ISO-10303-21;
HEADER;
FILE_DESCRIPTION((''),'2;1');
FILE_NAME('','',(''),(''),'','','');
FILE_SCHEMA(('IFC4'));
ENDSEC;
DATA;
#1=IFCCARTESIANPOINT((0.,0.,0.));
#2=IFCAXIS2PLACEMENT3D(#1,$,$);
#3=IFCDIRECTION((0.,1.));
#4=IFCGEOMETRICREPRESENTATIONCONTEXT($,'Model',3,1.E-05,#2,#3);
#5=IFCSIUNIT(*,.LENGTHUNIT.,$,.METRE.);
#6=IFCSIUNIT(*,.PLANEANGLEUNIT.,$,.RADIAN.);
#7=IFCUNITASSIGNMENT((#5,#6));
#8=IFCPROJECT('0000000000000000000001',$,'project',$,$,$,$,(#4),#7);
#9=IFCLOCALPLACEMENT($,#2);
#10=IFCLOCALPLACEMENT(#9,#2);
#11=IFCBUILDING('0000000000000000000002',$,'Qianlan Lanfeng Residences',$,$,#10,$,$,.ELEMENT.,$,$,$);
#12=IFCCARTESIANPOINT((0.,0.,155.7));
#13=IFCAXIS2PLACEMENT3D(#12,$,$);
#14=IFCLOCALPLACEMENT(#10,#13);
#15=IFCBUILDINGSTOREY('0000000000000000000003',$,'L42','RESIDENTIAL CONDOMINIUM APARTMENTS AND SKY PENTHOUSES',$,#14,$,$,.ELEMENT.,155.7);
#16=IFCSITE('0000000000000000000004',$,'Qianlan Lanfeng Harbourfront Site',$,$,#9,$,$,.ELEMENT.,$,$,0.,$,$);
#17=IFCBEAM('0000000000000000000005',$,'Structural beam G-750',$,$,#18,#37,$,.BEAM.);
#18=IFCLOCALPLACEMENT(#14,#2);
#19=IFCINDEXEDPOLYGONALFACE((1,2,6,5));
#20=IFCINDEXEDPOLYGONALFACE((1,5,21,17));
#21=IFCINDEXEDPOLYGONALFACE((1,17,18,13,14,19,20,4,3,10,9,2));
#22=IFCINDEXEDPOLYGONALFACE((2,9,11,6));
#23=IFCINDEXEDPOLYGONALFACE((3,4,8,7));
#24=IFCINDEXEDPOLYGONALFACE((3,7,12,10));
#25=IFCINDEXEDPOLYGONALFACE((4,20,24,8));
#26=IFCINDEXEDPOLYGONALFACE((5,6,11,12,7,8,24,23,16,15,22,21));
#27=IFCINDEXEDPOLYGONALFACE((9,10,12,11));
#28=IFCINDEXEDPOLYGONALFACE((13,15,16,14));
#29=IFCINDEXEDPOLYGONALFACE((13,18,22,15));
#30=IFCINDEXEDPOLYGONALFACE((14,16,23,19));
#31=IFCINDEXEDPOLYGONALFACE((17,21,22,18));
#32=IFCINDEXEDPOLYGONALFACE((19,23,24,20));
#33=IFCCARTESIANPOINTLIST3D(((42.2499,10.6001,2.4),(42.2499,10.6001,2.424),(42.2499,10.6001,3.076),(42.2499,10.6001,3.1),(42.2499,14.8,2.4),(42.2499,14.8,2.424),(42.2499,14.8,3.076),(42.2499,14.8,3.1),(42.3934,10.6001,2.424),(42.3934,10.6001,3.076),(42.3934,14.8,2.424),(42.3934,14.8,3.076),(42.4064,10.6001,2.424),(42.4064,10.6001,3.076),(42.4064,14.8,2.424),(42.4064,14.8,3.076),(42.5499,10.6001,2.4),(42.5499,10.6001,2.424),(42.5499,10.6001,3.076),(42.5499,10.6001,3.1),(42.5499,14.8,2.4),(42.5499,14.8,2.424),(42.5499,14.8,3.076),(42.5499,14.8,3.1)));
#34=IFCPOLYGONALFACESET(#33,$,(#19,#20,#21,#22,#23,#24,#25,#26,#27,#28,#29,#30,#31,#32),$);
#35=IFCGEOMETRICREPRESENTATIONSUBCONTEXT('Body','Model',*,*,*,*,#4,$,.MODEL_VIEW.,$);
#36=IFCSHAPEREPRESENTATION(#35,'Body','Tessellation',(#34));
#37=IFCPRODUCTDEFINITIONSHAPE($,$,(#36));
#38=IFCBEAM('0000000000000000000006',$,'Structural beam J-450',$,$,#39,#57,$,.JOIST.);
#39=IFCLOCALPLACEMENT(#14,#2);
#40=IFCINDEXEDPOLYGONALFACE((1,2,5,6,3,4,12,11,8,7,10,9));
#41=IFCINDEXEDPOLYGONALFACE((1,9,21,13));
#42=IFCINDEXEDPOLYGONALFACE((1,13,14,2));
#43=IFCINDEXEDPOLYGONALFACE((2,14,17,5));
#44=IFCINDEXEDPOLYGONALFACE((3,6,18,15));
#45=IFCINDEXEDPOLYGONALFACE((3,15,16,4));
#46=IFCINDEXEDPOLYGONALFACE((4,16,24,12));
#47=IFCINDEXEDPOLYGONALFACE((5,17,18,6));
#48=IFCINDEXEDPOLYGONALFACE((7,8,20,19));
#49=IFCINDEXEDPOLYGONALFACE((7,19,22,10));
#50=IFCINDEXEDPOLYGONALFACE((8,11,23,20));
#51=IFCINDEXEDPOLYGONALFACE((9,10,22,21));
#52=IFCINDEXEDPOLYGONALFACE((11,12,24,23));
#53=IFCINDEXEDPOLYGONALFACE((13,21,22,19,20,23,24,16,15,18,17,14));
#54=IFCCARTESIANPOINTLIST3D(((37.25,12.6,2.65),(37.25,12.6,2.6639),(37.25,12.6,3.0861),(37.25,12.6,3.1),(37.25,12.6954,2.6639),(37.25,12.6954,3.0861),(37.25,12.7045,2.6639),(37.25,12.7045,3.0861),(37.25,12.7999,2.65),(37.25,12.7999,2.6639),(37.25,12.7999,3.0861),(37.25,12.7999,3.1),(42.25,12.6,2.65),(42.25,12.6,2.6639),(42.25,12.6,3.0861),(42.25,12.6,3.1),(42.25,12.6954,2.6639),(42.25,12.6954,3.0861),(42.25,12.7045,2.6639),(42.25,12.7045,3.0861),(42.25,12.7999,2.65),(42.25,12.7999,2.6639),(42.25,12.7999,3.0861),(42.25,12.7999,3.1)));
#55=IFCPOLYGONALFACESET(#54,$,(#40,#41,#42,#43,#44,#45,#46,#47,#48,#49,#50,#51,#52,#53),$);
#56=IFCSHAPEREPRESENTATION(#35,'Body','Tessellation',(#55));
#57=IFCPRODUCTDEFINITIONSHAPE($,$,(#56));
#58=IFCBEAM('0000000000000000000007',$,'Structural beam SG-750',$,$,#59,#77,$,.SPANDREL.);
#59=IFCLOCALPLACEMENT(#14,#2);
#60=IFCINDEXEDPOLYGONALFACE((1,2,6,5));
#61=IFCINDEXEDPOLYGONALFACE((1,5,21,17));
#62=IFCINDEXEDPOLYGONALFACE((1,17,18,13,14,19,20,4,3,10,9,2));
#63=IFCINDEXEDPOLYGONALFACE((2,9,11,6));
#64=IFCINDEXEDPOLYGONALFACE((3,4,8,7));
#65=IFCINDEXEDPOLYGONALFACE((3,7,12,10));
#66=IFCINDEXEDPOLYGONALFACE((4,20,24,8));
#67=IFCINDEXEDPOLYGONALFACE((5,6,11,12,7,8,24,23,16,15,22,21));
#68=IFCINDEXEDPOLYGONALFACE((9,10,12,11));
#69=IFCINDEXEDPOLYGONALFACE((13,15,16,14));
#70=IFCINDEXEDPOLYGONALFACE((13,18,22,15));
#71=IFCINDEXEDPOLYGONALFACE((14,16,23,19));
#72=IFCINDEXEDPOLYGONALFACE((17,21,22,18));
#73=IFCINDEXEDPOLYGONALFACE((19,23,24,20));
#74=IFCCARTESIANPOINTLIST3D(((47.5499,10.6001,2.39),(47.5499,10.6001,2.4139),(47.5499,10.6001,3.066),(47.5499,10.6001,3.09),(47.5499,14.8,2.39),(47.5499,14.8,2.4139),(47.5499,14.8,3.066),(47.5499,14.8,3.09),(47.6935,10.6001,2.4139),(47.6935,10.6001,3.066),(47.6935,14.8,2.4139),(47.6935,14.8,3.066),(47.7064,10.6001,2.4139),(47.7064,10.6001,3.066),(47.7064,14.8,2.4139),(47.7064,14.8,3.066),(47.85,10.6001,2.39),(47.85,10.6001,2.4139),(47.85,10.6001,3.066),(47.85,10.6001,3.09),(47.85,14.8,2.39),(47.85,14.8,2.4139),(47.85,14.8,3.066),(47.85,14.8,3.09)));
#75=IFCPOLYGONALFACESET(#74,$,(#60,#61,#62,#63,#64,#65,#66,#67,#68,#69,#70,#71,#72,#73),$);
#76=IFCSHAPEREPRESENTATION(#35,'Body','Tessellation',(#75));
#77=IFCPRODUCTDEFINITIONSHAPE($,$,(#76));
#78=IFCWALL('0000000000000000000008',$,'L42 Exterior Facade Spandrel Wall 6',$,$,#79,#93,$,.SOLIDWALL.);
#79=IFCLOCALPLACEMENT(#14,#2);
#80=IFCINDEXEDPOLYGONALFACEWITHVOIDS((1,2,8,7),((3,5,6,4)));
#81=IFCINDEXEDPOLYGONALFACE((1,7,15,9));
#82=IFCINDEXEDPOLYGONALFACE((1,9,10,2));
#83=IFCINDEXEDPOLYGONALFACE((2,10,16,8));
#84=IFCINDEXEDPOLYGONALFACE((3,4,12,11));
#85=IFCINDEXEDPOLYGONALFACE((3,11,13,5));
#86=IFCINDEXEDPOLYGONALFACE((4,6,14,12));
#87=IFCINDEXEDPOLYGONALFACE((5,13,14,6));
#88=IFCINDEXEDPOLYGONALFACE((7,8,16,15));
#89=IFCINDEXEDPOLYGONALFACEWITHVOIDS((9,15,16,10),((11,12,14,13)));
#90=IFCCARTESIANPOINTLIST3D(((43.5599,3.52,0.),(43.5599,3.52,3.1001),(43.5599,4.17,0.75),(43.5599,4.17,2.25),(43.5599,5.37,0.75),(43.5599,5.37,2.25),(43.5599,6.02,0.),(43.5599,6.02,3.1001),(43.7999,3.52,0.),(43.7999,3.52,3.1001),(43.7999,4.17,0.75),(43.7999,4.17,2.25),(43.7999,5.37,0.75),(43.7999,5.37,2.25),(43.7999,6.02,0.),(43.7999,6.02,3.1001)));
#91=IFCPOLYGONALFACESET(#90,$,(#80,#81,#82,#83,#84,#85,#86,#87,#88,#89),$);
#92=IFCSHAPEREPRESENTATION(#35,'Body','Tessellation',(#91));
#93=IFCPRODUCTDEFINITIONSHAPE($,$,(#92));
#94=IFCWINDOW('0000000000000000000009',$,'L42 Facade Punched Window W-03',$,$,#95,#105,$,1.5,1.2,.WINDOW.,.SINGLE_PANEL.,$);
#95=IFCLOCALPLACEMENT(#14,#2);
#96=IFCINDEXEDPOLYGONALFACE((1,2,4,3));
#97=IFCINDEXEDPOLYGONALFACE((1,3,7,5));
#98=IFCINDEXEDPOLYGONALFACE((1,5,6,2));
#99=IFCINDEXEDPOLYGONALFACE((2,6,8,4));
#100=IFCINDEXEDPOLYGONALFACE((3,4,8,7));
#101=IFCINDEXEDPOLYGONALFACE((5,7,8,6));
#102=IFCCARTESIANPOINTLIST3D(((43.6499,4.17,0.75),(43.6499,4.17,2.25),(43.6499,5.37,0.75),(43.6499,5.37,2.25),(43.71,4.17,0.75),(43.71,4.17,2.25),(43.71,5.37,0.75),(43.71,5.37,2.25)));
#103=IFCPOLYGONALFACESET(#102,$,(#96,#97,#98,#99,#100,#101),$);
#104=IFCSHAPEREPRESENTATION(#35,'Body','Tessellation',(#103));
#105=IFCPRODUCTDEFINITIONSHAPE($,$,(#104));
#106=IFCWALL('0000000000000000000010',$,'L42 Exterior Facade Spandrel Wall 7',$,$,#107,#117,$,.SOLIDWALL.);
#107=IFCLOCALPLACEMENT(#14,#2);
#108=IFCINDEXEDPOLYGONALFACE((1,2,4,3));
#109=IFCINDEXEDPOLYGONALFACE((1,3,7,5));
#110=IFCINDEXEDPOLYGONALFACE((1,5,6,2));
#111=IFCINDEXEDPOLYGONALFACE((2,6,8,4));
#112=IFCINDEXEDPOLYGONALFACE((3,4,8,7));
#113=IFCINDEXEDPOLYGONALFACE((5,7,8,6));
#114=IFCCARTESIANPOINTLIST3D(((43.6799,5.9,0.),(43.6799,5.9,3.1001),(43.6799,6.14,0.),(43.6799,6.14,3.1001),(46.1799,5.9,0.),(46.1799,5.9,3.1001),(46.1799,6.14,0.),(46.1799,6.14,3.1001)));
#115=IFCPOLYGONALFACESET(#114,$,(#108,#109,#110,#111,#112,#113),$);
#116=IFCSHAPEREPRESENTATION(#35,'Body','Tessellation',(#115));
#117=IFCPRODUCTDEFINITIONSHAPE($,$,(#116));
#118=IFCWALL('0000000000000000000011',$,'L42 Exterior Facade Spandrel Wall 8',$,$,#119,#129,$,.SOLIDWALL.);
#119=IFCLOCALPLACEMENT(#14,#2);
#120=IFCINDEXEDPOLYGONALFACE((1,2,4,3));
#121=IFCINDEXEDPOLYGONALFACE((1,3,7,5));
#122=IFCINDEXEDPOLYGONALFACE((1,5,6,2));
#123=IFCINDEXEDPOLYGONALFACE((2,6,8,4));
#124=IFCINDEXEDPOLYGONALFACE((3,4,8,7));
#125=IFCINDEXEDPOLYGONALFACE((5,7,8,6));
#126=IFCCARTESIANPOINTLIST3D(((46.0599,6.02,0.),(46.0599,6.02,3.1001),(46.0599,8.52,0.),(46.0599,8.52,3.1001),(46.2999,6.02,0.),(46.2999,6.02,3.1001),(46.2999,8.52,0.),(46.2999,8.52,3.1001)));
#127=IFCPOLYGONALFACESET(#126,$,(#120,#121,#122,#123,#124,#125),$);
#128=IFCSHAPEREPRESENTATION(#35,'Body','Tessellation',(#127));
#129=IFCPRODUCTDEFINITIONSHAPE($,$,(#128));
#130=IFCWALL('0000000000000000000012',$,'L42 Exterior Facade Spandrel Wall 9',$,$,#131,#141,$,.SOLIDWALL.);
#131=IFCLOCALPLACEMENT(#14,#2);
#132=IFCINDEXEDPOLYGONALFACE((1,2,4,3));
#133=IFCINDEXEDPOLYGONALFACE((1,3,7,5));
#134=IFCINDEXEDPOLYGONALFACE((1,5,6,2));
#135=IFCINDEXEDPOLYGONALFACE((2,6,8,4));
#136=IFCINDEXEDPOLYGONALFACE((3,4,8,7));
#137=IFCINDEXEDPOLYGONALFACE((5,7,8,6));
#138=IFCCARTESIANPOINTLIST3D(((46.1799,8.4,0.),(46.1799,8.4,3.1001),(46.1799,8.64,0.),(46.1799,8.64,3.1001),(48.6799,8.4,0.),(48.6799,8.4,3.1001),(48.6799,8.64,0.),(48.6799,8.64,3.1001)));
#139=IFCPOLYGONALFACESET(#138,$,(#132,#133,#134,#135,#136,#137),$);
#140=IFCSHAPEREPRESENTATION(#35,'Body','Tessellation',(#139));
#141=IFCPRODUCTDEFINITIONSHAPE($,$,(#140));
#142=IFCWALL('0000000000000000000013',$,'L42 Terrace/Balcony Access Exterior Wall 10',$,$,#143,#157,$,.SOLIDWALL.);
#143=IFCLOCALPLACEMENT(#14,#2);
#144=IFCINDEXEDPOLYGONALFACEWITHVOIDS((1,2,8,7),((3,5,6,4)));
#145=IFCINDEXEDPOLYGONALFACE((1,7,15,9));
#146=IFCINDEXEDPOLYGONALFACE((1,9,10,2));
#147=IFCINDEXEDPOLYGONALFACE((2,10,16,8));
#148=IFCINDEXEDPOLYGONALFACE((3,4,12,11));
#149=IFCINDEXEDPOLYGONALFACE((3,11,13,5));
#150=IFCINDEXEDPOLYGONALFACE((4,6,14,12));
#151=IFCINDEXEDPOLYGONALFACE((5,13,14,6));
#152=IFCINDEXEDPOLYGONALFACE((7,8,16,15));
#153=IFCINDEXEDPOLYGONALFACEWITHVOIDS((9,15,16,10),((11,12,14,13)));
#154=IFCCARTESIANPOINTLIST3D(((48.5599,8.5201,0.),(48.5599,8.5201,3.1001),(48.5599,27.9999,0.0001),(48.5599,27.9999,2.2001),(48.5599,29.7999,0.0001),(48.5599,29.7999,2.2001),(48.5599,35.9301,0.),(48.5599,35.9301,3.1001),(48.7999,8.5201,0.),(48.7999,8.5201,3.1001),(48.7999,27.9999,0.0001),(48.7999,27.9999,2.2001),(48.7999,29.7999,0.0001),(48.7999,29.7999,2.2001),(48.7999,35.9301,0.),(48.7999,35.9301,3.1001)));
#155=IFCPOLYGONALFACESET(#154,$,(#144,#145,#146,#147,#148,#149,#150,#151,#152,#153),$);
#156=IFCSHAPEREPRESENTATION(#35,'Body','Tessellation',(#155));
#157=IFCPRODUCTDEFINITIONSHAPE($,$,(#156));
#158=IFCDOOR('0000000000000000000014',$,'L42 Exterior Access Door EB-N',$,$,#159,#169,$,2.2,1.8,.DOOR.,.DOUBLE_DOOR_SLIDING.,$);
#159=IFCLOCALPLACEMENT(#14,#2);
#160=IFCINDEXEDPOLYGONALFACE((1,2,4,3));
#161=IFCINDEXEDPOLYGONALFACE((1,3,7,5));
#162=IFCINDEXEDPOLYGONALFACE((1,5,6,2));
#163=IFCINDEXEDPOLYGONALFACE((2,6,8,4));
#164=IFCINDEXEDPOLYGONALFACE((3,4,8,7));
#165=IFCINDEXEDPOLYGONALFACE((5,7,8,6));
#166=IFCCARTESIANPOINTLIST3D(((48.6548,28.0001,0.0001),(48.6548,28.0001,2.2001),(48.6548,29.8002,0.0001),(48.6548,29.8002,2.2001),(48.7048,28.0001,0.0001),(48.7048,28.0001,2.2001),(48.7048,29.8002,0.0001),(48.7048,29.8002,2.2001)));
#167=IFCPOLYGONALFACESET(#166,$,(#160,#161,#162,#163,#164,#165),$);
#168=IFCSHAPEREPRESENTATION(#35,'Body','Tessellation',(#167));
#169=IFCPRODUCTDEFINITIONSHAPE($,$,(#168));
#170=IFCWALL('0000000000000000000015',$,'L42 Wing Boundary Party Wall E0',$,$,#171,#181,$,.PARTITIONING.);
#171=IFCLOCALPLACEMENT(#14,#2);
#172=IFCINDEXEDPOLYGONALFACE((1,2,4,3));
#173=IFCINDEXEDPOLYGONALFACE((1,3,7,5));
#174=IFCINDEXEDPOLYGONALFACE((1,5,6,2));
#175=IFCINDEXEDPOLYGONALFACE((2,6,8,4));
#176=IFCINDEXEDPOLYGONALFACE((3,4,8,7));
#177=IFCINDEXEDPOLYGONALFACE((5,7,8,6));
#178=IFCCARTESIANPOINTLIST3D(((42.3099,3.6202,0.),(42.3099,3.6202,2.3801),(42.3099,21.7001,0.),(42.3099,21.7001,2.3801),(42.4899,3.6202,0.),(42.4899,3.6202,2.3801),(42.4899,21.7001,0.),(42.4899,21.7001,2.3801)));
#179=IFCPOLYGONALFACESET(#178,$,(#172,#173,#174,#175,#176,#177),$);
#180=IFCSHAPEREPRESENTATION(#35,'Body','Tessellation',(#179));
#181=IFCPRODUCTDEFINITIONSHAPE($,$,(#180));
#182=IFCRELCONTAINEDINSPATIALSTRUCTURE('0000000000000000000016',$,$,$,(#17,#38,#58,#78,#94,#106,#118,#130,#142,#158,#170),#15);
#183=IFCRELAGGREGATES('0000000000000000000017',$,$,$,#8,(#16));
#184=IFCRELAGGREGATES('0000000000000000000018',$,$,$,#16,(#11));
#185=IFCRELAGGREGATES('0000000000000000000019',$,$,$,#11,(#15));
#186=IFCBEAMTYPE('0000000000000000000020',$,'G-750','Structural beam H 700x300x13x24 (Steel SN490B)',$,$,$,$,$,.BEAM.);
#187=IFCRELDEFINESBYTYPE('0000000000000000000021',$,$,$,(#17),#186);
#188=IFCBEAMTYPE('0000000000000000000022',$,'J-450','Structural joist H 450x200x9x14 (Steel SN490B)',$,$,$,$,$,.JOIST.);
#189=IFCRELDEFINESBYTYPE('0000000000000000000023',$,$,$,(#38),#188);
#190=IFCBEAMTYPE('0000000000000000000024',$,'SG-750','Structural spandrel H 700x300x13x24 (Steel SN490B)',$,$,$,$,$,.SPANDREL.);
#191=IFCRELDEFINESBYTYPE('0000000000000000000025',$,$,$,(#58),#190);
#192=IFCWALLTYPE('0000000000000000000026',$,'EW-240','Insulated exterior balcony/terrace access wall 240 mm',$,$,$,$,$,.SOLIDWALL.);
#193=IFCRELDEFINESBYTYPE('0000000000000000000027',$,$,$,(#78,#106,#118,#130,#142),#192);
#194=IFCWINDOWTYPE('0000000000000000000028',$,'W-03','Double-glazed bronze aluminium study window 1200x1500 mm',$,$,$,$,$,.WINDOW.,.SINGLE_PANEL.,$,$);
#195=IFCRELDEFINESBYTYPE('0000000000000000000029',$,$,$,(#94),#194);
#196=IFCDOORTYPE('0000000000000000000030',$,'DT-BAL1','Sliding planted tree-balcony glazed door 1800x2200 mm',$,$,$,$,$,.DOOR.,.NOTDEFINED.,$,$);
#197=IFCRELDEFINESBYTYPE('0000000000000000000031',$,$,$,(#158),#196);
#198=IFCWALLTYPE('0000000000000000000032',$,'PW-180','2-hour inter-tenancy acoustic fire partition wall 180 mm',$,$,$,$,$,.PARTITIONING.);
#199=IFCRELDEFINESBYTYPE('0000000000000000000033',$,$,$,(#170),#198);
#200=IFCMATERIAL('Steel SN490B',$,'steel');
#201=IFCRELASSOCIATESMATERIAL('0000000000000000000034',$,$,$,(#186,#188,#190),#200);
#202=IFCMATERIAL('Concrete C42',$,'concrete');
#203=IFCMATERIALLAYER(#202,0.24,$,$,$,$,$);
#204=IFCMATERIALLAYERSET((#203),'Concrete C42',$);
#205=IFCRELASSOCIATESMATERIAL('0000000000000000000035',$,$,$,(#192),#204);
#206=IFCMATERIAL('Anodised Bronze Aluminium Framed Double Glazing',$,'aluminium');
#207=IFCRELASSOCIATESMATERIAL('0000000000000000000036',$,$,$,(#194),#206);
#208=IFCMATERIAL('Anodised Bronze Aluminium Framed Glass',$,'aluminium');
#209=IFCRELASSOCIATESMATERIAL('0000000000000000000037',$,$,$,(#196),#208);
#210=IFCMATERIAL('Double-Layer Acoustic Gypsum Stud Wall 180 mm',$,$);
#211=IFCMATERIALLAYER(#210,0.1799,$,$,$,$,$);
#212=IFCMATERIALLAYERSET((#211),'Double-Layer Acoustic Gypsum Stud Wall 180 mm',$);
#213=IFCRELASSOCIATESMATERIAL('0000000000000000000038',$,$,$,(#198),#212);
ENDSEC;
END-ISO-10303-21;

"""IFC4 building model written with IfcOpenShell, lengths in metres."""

from ifc_helpers import new_model, si_unit, direction, frame, frame_2d, origin, origin_2d, place, context, subcontext, project, spatial, rectangle, i_section, extrude, material, layer, layer_set, material_profile, profile_set, type_object, element, fill, save


model = new_model("IFC4")

# Units and contexts
model_context = context("Model", 3, precision=1e-05, world=origin(), true_north=direction((0.0, 1.0)))
body_context = subcontext(model_context, "Body", "Model", "MODEL_VIEW")
ifc_project = project(units=[si_unit("LENGTHUNIT", "METRE"), si_unit("PLANEANGLEUNIT", "RADIAN")], contexts=[model_context])

# Site, building, storey
site_placement = place(None, origin())
site = spatial("IfcSite", under=ifc_project, at=site_placement, Name="Qianlan Lanfeng Harbourfront Site", CompositionType="ELEMENT", RefElevation=0.0)
building_placement = place(site_placement, origin())
building = spatial("IfcBuilding", under=site, at=building_placement, Name="Qianlan Lanfeng Residences", CompositionType="ELEMENT")
storey_placement = place(building_placement, frame((0.0, 0.0, 155.7)))
storey = spatial("IfcBuildingStorey", under=building, at=storey_placement, Name="L42", Description="RESIDENTIAL CONDOMINIUM APARTMENTS AND SKY PENTHOUSES", CompositionType="ELEMENT", Elevation=155.7)

# Shared definitions
ifc_material_1 = material(Name="Steel SN490B", Category="steel")

# Beams
ifc_material_profile_1 = material_profile(ifc_material_1, i_section(OverallWidth=0.3, OverallDepth=0.7, WebThickness=0.0129, FlangeThickness=0.0239, at=origin_2d()), Name="H 700x300x13x24")
ifc_profile_set_1 = profile_set([ifc_material_profile_1], Name="Steel SN490B")
beam_type_1 = type_object("IfcBeamType", Name="G-750", Description="Structural beam H 700x300x13x24 (Steel SN490B)", PredefinedType="BEAM", material=ifc_profile_set_1)
beam_1_placement = place(storey_placement, frame((42.3999, 10.6001, 2.75), z_axis=(0.0, 1.0, 0.0), x_axis=(-1.0, 0.0, 0.0)))
element("IfcBeam", 1, at=beam_1_placement, inside=storey, type_object=beam_type_1, Name="Structural beam G-750", PredefinedType="BEAM", context=body_context, shape_type="SweptSolid", body=[
    extrude(i_section(OverallWidth=0.3, OverallDepth=0.7, WebThickness=0.0129, FlangeThickness=0.0239, at=origin_2d()), origin(), (0.0, 0.0, 1.0), 4.2),
])
ifc_material_profile_2 = material_profile(ifc_material_1, i_section(OverallWidth=0.2, OverallDepth=0.45, WebThickness=0.009, FlangeThickness=0.0139, at=origin_2d()), Name="H 450x200x9x14")
ifc_profile_set_2 = profile_set([ifc_material_profile_2], Name="Steel SN490B")
beam_type_2 = type_object("IfcBeamType", Name="J-450", Description="Structural joist H 450x200x9x14 (Steel SN490B)", PredefinedType="JOIST", material=ifc_profile_set_2)
beam_2_placement = place(storey_placement, frame((37.25, 12.7, 2.875), z_axis=(1.0, 0.0, 0.0), x_axis=(0.0, 1.0, 0.0)))
element("IfcBeam", 2, at=beam_2_placement, inside=storey, type_object=beam_type_2, Name="Structural beam J-450", PredefinedType="JOIST", context=body_context, shape_type="SweptSolid", body=[
    extrude(i_section(OverallWidth=0.2, OverallDepth=0.45, WebThickness=0.009, FlangeThickness=0.0139, at=origin_2d()), origin(), (0.0, 0.0, 1.0), 5.0),
])
ifc_material_profile_3 = material_profile(ifc_material_1, i_section(OverallWidth=0.3, OverallDepth=0.7, WebThickness=0.0129, FlangeThickness=0.0239, at=origin_2d()), Name="H 700x300x13x24")
ifc_profile_set_3 = profile_set([ifc_material_profile_3], Name="Steel SN490B")
beam_type_3 = type_object("IfcBeamType", Name="SG-750", Description="Structural spandrel H 700x300x13x24 (Steel SN490B)", PredefinedType="SPANDREL", material=ifc_profile_set_3)
beam_3_placement = place(storey_placement, frame((47.7, 10.6001, 2.74), z_axis=(0.0, 1.0, 0.0), x_axis=(-1.0, 0.0, 0.0)))
element("IfcBeam", 3, at=beam_3_placement, inside=storey, type_object=beam_type_3, Name="Structural beam SG-750", PredefinedType="SPANDREL", context=body_context, shape_type="SweptSolid", body=[
    extrude(i_section(OverallWidth=0.3, OverallDepth=0.7, WebThickness=0.0129, FlangeThickness=0.0239, at=origin_2d()), origin(), (0.0, 0.0, 1.0), 4.2),
])

# Wall, opening, window
ifc_material_2 = material(Name="Concrete C42", Category="concrete")
ifc_layer_1 = layer(ifc_material_2, 0.24)
ifc_layer_set_1 = layer_set([ifc_layer_1], Name="Concrete C42")
wall_type_1 = type_object("IfcWallType", Name="EW-240", Description="Insulated exterior balcony/terrace access wall 240 mm", PredefinedType="SOLIDWALL", material=ifc_layer_set_1)
wall_1_placement = place(storey_placement, frame((43.6799, 3.52, 0.0), z_axis=(0.0, 0.0, 1.0), x_axis=(0.0, 1.0, 0.0)))
wall_1 = element("IfcWall", 4, at=wall_1_placement, inside=storey, type_object=wall_type_1, Name="L42 Exterior Facade Spandrel Wall 6", PredefinedType="SOLIDWALL", context=body_context, shape_type="SweptSolid", body=[
    extrude(rectangle(XDim=2.5, YDim=0.24, at=frame_2d((1.25, 0.0))), origin(), (0.0, 0.0, 1.0), 3.1001),
])
opening_1_placement = place(wall_1_placement, frame((0.6499, 0.0, 0.75)))
opening_1 = element("IfcOpeningElement", 5, at=opening_1_placement, cuts=wall_1, PredefinedType="OPENING", context=body_context, shape_type="SweptSolid", body=[
    extrude(rectangle(XDim=1.2, YDim=1.5, at=frame_2d((0.6001, 0.75))), frame((0.0, 0.1299, 0.0), z_axis=(0.0, -1.0, 0.0), x_axis=(1.0, 0.0, 0.0)), (0.0, 0.0, 1.0), 0.26),
])
ifc_material_3 = material(Name="Anodised Bronze Aluminium Framed Double Glazing", Category="aluminium")
window_type = type_object("IfcWindowType", Name="W-03", Description="Double-glazed bronze aluminium study window 1200x1500 mm", PartitioningType="SINGLE_PANEL", PredefinedType="WINDOW", material=ifc_material_3)
window_placement = place(opening_1_placement, origin())
window = element("IfcWindow", 6, at=window_placement, inside=storey, type_object=window_type, Name="L42 Facade Punched Window W-03", OverallHeight=1.5, OverallWidth=1.2, PartitioningType="SINGLE_PANEL", PredefinedType="WINDOW", context=body_context, shape_type="SweptSolid", body=[
    extrude(rectangle(XDim=1.2, YDim=1.5, at=frame_2d((0.6001, 0.75))), frame((0.0, 0.03, 0.0), z_axis=(0.0, -1.0, 0.0), x_axis=(1.0, 0.0, 0.0)), (0.0, 0.0, 1.0), 0.0601),
])
fill(opening_1, window)

# Walls
for number, where, z_axis, x_axis, name in (
    (7, (43.6799, 6.02, 0.0), (0.0, 0.0, 1.0), (1.0, 0.0, 0.0), "L42 Exterior Facade Spandrel Wall 7"),
    (8, (46.1799, 6.02, 0.0), (0.0, 0.0, 1.0), (0.0, 1.0, 0.0), "L42 Exterior Facade Spandrel Wall 8"),
    (9, (46.1799, 8.52, 0.0), (0.0, 0.0, 1.0), (1.0, 0.0, 0.0), "L42 Exterior Facade Spandrel Wall 9"),
):
    element("IfcWall", number, at=place(storey_placement, frame(where, z_axis=z_axis, x_axis=x_axis)), inside=storey, type_object=wall_type_1, Name=name, PredefinedType="SOLIDWALL", context=body_context, shape_type="SweptSolid", body=[
        extrude(rectangle(XDim=2.5, YDim=0.24, at=frame_2d((1.25, 0.0))), origin(), (0.0, 0.0, 1.0), 3.1001),
    ])

# Wall, opening, door
wall_2_placement = place(storey_placement, frame((48.6799, 8.52, 0.0), z_axis=(0.0, 0.0, 1.0), x_axis=(0.0, 1.0, 0.0)))
wall_2 = element("IfcWall", 10, at=wall_2_placement, inside=storey, type_object=wall_type_1, Name="L42 Terrace/Balcony Access Exterior Wall 10", PredefinedType="SOLIDWALL", context=body_context, shape_type="SweptSolid", body=[
    extrude(rectangle(XDim=27.4099, YDim=0.24, at=frame_2d((13.7051, 0.0))), origin(), (0.0, 0.0, 1.0), 3.1001),
])
opening_2_placement = place(wall_2_placement, frame((19.48, 0.0, 0.0)))
opening_2 = element("IfcOpeningElement", 11, at=opening_2_placement, cuts=wall_2, PredefinedType="OPENING", context=body_context, shape_type="SweptSolid", body=[
    extrude(rectangle(XDim=1.8, YDim=2.2, at=frame_2d((0.8999, 1.1001))), frame((0.0, 0.1299, 0.0), z_axis=(0.0, -1.0, 0.0), x_axis=(1.0, 0.0, 0.0)), (0.0, 0.0, 1.0), 0.26),
])
ifc_material_4 = material(Name="Anodised Bronze Aluminium Framed Glass", Category="aluminium")
door_type = type_object("IfcDoorType", Name="DT-BAL1", Description="Sliding planted tree-balcony glazed door 1800x2200 mm", OperationType="NOTDEFINED", PredefinedType="DOOR", material=ifc_material_4)
door_placement = place(opening_2_placement, frame((1.8, 0.0, 0.0), z_axis=(0.0, 0.0, 1.0), x_axis=(-1.0, 0.0, 0.0)))
door = element("IfcDoor", 12, at=door_placement, inside=storey, type_object=door_type, Name="L42 Exterior Access Door EB-N", OperationType="DOUBLE_DOOR_SLIDING", OverallHeight=2.2, OverallWidth=1.8, PredefinedType="DOOR", context=body_context, shape_type="SweptSolid", body=[
    extrude(rectangle(XDim=1.8, YDim=2.2, at=frame_2d((0.8999, 1.1001))), frame((0.0, 0.0249, 0.0), z_axis=(0.0, -1.0, 0.0), x_axis=(1.0, 0.0, 0.0)), (0.0, 0.0, 1.0), 0.05),
])
fill(opening_2, door)

# Wall
ifc_material_5 = material(Name="Double-Layer Acoustic Gypsum Stud Wall 180 mm")
ifc_layer_2 = layer(ifc_material_5, 0.1799)
ifc_layer_set_2 = layer_set([ifc_layer_2], Name="Double-Layer Acoustic Gypsum Stud Wall 180 mm")
wall_type_2 = type_object("IfcWallType", Name="PW-180", Description="2-hour inter-tenancy acoustic fire partition wall 180 mm", PredefinedType="PARTITIONING", material=ifc_layer_set_2)
wall_3_placement = place(storey_placement, frame((42.3999, 3.6201, 0.0), z_axis=(0.0, 0.0, 1.0), x_axis=(0.0, 1.0, 0.0)))
element("IfcWall", 13, at=wall_3_placement, inside=storey, type_object=wall_type_2, Name="L42 Wing Boundary Party Wall E0", PredefinedType="PARTITIONING", context=body_context, shape_type="SweptSolid", body=[
    extrude(rectangle(XDim=18.0798, YDim=0.1799, at=frame_2d((9.04, 0.0))), origin(), (0.0, 0.0, 1.0), 2.3801),
])

save(model, "model.ifc")
